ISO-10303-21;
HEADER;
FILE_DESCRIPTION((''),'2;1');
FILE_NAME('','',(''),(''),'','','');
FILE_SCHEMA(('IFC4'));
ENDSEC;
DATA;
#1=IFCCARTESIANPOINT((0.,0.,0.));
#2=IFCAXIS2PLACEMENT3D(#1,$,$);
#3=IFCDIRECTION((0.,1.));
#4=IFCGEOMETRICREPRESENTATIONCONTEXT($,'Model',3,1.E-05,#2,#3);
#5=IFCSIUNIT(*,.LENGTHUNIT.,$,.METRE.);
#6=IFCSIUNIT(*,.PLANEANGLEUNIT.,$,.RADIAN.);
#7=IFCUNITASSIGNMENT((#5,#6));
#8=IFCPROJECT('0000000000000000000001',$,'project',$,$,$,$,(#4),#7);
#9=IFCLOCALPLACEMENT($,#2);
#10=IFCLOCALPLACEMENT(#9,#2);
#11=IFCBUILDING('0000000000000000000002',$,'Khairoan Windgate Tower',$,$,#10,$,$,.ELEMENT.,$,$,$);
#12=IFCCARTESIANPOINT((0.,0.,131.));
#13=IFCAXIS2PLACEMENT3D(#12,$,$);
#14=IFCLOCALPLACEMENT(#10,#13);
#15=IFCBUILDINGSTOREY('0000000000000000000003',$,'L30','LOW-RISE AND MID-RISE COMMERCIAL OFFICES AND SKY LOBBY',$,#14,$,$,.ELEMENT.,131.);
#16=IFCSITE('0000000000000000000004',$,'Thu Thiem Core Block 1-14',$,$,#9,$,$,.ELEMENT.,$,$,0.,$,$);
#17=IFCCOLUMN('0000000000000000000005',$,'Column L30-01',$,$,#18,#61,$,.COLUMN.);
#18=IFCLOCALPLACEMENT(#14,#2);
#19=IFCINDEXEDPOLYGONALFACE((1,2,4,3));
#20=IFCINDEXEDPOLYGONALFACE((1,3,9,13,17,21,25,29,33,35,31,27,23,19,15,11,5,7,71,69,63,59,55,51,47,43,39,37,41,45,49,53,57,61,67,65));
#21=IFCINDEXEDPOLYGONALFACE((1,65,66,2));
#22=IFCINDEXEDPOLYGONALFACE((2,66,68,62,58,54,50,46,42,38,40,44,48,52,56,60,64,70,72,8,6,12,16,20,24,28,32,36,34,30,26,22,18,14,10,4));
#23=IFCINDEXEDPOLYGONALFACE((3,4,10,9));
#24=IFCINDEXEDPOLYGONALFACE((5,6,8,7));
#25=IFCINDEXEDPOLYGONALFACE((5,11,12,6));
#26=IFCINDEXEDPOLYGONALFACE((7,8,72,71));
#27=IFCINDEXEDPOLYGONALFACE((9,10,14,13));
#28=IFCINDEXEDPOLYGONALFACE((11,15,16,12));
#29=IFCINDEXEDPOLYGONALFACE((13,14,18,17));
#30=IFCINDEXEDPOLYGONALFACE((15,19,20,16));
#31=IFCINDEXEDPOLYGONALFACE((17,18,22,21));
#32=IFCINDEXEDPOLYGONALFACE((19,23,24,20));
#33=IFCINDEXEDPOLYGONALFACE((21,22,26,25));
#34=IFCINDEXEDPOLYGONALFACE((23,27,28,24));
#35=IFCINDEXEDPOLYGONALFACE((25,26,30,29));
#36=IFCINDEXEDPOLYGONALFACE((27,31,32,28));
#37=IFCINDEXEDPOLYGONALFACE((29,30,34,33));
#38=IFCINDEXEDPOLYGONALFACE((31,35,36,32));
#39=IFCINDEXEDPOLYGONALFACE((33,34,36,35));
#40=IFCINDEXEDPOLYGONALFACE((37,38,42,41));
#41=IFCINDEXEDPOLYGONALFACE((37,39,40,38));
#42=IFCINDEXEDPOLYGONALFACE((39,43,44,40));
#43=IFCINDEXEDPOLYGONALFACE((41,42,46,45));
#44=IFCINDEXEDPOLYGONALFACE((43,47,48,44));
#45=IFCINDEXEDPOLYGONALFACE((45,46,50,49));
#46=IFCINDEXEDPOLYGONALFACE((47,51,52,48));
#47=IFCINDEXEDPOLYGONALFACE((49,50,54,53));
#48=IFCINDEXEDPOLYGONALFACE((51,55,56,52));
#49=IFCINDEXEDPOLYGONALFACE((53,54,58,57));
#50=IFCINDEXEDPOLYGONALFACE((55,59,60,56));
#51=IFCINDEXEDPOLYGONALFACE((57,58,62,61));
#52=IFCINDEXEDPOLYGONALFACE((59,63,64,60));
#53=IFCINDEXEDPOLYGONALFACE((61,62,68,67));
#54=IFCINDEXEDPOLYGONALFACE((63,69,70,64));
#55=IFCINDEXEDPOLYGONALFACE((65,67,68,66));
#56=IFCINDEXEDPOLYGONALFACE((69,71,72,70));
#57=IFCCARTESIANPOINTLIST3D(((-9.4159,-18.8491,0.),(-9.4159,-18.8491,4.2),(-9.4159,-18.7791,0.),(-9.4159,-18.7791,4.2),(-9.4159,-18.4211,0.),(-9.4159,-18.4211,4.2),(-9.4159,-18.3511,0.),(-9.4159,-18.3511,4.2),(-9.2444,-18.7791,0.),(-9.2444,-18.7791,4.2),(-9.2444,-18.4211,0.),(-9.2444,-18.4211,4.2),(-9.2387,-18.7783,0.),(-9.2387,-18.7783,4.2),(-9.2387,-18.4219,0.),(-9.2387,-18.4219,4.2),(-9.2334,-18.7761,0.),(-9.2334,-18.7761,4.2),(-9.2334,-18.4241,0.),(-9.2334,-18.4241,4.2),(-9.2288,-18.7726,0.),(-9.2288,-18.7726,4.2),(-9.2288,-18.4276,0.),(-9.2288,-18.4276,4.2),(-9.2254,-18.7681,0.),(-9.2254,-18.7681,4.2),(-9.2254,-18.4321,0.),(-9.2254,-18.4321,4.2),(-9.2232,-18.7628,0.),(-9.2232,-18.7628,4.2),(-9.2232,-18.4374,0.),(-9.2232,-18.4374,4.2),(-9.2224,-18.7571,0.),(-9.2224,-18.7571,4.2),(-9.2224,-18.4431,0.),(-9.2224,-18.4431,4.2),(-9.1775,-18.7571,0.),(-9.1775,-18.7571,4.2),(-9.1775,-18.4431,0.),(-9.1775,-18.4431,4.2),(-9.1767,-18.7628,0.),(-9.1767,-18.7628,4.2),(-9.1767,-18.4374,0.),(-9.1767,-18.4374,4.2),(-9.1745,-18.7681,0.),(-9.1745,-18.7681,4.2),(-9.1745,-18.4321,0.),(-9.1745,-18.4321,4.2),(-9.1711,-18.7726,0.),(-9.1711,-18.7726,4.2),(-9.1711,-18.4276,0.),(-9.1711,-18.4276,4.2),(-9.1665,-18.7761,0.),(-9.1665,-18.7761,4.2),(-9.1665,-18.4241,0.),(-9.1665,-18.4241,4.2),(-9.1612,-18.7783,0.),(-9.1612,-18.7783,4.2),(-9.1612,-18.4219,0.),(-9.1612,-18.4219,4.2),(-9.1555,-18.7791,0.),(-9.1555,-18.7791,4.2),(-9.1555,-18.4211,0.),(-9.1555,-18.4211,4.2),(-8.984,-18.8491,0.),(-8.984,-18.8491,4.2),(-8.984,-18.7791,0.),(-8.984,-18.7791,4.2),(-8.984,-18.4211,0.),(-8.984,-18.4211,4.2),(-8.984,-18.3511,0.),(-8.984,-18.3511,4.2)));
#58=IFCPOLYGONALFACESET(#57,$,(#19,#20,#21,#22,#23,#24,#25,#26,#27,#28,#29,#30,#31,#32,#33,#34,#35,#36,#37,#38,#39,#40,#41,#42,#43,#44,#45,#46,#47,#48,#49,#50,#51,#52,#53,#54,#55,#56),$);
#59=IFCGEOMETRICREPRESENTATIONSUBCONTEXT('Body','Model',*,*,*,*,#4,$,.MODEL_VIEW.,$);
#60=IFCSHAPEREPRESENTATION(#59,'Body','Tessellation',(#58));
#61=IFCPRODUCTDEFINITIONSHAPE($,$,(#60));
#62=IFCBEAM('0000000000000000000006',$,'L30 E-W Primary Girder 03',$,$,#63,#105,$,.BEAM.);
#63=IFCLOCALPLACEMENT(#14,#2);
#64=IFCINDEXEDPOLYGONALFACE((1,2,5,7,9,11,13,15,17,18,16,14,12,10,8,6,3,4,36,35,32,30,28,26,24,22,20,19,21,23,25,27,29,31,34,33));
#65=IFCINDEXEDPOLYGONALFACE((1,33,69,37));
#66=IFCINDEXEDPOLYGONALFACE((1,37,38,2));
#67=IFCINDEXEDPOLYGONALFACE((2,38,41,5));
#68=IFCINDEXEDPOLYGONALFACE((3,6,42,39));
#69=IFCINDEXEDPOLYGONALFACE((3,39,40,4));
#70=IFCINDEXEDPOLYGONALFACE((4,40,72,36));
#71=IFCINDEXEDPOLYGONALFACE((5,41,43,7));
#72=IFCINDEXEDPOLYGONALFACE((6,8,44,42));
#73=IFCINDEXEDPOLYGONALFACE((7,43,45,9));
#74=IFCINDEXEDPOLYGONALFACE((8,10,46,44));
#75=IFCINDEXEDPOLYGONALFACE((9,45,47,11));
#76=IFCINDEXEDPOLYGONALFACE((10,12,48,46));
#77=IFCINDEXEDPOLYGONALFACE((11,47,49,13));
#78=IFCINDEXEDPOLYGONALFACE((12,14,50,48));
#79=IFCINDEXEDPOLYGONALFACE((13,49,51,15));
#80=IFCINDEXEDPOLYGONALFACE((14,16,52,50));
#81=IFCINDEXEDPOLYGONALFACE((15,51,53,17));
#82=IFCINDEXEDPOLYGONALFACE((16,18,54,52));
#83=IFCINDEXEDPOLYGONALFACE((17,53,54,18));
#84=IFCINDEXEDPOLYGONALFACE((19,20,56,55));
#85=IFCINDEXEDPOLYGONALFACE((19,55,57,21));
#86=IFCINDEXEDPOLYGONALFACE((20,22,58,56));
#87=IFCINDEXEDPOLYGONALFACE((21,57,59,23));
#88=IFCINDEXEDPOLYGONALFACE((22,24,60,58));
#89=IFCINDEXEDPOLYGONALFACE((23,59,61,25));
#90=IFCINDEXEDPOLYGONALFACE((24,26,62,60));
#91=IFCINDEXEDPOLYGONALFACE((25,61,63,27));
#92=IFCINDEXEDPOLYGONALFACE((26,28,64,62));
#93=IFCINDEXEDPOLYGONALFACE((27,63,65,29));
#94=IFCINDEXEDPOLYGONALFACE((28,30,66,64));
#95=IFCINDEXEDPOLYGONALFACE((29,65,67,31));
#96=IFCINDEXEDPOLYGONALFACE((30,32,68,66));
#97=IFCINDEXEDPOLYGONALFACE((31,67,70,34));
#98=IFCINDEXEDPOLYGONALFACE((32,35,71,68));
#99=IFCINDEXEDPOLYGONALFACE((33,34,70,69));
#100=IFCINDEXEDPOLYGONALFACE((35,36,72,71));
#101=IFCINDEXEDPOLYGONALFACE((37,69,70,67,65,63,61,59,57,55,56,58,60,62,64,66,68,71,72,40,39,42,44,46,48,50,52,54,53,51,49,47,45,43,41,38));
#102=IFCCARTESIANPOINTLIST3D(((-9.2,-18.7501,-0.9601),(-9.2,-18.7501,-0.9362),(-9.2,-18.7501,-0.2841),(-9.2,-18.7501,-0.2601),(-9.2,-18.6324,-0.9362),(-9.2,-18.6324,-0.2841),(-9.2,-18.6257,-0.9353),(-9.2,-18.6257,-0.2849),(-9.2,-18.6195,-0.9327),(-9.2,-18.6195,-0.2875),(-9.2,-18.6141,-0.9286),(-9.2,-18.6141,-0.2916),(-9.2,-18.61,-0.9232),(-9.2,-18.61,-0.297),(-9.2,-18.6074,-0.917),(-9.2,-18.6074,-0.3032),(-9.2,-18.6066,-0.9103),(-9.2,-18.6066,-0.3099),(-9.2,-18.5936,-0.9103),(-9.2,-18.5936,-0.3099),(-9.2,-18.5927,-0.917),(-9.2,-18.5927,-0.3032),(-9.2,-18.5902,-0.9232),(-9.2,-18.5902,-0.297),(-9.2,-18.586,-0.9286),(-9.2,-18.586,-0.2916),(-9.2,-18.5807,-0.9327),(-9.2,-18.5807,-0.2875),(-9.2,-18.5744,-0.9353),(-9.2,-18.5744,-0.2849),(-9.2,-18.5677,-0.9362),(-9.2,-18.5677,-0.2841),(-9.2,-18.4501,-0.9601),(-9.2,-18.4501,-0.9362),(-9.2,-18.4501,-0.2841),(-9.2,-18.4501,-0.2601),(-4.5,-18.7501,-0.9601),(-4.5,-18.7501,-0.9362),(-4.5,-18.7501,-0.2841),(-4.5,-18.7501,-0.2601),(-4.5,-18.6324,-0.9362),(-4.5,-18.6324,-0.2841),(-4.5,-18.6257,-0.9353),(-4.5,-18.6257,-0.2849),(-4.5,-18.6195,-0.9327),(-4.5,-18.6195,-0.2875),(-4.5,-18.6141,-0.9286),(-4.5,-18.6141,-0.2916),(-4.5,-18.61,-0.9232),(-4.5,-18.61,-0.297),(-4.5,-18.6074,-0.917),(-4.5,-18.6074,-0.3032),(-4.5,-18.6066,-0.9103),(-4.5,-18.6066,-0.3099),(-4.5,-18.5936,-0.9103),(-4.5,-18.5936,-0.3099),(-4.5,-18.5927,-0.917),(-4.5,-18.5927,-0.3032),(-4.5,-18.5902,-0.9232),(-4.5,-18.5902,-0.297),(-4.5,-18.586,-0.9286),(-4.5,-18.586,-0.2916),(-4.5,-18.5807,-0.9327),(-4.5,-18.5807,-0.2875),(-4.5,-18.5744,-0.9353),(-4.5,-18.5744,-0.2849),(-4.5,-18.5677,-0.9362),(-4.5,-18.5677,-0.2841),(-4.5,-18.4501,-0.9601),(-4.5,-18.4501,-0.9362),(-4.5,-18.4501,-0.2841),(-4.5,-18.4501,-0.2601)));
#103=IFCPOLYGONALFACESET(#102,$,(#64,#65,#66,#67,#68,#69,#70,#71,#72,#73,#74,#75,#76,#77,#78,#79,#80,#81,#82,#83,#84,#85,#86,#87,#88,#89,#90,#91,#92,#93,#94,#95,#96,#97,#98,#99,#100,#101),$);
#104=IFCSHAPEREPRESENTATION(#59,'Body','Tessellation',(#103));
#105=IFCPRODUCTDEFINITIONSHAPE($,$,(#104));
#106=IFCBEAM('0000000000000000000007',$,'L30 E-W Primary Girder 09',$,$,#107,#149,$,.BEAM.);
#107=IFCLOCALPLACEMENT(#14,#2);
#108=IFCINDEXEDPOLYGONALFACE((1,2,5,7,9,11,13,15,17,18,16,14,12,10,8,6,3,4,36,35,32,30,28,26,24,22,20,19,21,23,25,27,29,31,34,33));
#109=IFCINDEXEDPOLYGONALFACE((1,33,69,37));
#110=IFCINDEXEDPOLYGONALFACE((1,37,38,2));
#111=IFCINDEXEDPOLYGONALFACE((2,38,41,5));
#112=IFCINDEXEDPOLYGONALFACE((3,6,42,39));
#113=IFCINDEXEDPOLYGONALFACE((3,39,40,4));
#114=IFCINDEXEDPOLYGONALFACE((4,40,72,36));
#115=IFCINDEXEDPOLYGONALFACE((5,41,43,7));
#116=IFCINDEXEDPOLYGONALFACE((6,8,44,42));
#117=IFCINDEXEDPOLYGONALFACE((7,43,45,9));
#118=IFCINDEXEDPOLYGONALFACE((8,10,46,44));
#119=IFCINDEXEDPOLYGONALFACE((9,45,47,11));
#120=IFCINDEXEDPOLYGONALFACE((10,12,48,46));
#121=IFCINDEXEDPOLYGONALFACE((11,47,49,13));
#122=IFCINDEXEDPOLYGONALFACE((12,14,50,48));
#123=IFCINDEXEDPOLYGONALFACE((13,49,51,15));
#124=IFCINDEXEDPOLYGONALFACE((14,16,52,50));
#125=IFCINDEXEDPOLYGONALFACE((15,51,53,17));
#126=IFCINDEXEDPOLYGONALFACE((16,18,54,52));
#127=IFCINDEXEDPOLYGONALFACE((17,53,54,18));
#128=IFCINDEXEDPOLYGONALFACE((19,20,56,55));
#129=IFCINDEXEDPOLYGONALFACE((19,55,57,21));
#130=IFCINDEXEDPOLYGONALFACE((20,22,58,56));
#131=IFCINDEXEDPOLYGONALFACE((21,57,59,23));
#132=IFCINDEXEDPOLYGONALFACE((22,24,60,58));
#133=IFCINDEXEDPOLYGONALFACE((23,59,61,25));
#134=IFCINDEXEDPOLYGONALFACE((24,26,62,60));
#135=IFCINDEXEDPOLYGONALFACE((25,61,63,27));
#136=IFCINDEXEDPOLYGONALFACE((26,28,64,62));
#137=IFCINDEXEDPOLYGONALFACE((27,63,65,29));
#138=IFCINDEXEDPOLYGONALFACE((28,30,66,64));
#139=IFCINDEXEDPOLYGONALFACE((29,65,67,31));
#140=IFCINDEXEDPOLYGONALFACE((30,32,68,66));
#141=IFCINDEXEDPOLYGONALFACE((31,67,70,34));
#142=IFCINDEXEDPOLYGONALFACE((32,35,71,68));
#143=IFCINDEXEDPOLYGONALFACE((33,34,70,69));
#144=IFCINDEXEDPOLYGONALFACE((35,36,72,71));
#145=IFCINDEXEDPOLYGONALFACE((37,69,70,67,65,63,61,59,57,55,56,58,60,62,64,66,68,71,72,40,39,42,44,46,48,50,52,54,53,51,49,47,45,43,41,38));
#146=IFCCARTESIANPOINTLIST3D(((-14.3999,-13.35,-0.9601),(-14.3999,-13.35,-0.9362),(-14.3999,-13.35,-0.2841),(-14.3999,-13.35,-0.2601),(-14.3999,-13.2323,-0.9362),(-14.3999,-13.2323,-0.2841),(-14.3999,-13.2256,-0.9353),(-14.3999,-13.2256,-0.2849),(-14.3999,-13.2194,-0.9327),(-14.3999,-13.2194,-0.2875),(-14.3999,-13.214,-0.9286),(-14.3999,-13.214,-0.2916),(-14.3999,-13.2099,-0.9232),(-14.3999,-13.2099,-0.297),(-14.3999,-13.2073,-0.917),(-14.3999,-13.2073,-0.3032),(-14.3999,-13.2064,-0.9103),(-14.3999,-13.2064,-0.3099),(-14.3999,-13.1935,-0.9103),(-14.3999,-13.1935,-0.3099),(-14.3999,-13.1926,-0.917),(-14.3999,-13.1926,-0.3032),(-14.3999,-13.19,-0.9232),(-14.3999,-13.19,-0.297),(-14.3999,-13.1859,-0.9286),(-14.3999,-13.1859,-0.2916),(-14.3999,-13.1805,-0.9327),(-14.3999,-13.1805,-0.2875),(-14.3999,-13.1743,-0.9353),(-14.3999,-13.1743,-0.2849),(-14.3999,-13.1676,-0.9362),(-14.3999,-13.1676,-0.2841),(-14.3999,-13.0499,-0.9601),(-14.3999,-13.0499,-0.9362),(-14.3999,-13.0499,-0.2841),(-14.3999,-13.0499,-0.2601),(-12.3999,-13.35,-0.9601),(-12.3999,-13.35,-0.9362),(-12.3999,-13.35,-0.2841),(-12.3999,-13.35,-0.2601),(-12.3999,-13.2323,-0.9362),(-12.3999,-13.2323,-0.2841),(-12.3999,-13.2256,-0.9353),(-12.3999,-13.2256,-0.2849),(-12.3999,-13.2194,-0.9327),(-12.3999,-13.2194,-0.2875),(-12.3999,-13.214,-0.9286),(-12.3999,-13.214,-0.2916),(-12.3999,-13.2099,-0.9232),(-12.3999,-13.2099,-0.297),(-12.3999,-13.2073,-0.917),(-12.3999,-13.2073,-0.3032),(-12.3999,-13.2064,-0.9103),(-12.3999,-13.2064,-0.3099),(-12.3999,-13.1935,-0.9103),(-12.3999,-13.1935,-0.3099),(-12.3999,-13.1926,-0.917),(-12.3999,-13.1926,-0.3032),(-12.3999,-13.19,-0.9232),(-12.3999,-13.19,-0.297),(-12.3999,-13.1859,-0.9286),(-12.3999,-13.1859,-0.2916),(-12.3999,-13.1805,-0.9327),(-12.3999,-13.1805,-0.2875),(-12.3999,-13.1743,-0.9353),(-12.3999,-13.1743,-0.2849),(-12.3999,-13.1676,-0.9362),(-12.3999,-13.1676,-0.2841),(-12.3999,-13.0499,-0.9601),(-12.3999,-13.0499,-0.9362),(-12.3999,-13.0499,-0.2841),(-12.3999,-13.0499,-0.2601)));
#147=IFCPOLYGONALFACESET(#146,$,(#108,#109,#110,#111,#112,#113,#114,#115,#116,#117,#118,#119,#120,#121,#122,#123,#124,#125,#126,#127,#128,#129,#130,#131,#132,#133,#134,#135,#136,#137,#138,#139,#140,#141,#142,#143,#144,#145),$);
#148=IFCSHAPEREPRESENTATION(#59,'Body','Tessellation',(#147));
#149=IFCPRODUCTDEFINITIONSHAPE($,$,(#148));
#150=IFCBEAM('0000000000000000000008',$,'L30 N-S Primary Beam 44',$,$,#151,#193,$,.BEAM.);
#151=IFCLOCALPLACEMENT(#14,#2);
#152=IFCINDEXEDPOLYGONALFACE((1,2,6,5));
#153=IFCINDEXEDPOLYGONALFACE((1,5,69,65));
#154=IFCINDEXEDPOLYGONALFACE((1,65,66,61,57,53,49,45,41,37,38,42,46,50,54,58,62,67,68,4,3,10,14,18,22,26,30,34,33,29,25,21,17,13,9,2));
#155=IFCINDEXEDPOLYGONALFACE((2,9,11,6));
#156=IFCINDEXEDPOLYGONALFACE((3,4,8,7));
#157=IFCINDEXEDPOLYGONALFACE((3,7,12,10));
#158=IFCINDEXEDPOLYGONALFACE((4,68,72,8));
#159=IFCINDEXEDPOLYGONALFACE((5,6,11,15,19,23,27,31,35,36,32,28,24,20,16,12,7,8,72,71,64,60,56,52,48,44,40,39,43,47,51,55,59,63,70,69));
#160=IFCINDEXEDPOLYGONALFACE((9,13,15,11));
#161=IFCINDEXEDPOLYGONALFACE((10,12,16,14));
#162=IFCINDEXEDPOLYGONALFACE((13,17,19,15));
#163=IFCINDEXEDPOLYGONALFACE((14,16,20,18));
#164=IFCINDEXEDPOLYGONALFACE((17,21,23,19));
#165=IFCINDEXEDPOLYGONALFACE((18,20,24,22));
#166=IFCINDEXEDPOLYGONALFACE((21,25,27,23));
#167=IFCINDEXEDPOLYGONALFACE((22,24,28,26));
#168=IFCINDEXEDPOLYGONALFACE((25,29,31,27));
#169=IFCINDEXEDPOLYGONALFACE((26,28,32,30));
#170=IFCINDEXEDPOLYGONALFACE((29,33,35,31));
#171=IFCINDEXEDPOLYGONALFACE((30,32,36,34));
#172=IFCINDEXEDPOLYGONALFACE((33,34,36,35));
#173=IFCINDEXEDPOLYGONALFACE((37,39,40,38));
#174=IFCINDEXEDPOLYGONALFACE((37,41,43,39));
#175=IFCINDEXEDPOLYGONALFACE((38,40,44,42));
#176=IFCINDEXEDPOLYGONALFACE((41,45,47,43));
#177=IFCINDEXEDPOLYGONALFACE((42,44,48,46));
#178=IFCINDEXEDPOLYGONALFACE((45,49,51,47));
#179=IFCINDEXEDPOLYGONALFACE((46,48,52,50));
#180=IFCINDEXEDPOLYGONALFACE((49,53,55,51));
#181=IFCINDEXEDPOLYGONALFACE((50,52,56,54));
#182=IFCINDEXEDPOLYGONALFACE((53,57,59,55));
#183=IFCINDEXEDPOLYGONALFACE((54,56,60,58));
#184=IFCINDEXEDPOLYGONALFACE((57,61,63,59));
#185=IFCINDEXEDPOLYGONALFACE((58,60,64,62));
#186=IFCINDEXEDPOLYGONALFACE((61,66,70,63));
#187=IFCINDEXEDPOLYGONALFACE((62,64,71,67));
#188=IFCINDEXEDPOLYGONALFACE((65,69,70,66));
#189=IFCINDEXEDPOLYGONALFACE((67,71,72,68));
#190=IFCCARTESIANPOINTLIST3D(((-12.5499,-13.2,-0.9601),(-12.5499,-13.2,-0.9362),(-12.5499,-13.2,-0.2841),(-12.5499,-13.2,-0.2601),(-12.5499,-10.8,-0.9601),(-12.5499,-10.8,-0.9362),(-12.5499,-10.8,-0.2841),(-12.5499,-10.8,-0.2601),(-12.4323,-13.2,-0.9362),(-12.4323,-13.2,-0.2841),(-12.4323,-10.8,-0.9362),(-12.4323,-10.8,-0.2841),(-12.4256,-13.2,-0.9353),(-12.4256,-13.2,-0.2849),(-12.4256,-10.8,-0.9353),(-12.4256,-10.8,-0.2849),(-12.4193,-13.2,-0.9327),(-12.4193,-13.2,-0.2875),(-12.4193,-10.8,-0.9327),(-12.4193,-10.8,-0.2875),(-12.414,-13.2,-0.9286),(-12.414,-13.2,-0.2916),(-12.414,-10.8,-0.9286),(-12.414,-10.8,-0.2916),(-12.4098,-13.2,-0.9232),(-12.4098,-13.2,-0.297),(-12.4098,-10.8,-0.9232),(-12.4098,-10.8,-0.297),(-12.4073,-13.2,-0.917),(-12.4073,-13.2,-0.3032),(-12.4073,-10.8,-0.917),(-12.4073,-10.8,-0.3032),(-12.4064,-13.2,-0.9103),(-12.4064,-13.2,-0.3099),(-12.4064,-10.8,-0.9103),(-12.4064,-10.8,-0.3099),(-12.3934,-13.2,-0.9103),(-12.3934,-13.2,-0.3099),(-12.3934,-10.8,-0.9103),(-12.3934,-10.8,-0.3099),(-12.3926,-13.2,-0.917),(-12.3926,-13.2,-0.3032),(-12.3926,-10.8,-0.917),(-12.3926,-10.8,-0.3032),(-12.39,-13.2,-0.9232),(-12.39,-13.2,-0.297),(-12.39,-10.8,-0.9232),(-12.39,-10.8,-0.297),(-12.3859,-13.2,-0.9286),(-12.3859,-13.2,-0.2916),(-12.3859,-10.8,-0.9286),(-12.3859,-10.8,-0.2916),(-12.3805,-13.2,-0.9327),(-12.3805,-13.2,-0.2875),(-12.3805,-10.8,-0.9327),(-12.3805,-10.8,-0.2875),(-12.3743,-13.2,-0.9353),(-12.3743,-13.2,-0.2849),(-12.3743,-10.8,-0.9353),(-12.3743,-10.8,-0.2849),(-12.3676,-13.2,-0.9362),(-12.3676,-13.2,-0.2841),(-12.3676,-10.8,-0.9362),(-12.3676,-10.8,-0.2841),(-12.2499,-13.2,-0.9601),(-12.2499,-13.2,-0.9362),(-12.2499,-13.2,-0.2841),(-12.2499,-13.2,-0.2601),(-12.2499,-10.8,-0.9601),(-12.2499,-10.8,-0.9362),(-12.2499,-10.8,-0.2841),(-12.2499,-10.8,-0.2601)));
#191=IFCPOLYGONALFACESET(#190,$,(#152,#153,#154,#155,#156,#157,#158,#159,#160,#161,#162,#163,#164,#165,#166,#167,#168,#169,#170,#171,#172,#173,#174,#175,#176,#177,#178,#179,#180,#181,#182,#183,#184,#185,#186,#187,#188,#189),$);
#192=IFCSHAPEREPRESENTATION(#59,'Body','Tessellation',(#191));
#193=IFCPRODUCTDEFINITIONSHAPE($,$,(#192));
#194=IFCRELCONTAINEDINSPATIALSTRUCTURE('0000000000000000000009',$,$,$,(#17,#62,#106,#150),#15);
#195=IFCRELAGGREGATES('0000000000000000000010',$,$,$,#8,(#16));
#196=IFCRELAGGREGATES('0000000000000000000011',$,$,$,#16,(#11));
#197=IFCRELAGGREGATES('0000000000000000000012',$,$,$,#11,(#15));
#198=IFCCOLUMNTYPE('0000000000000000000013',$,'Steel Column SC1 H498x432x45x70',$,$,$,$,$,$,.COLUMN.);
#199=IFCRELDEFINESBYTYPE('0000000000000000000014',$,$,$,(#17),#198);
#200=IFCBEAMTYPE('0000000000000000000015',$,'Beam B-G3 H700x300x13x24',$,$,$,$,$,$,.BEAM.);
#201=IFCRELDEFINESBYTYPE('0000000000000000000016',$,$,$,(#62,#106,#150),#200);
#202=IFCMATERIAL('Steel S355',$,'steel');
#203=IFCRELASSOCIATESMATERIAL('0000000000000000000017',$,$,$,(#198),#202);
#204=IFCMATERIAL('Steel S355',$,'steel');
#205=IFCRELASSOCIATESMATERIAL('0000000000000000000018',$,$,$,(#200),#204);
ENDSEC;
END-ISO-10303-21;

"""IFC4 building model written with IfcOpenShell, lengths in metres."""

from ifc_helpers import new_model, si_unit, direction, frame, origin, origin_2d, place, context, subcontext, project, spatial, i_section, extrude, material, material_profile, profile_set, type_object, element, save


model = new_model("IFC4")

# Units and contexts
model_context = context("Model", 3, precision=1e-05, world=origin(), true_north=direction((0.0, 1.0)))
body_context = subcontext(model_context, "Body", "Model", "MODEL_VIEW")
ifc_project = project(units=[si_unit("LENGTHUNIT", "METRE"), si_unit("PLANEANGLEUNIT", "RADIAN")], contexts=[model_context])

# Site, building, storey
site_placement = place(None, origin())
site = spatial("IfcSite", under=ifc_project, at=site_placement, Name="Thu Thiem Core Block 1-14", CompositionType="ELEMENT", RefElevation=0.0)
building_placement = place(site_placement, origin())
building = spatial("IfcBuilding", under=site, at=building_placement, Name="Khairoan Windgate Tower", CompositionType="ELEMENT")
storey_placement = place(building_placement, frame((0.0, 0.0, 131.0)))
storey = spatial("IfcBuildingStorey", under=building, at=storey_placement, Name="L30", Description="LOW-RISE AND MID-RISE COMMERCIAL OFFICES AND SKY LOBBY", CompositionType="ELEMENT", Elevation=131.0)

# Column
ifc_material_1 = material(Name="Steel S355", Category="steel")
ifc_material_profile_1 = material_profile(ifc_material_1, i_section(OverallWidth=0.4319, OverallDepth=0.498, WebThickness=0.0449, FlangeThickness=0.0701, FilletRadius=0.022, at=origin_2d()))
ifc_profile_set_1 = profile_set([ifc_material_profile_1], Name="Steel S355")
column_type = type_object("IfcColumnType", Name="Steel Column SC1 H498x432x45x70", PredefinedType="COLUMN", material=ifc_profile_set_1)
column_placement = place(storey_placement, frame((-9.2, -18.6001, 0.0), z_axis=(0.0, 0.0, 1.0), x_axis=(1.0, 0.0, 0.0)))
element("IfcColumn", 1, at=column_placement, inside=storey, type_object=column_type, Name="Column L30-01", PredefinedType="COLUMN", context=body_context, shape_type="SweptSolid", body=[
    extrude(i_section(OverallWidth=0.4319, OverallDepth=0.498, WebThickness=0.0449, FlangeThickness=0.0701, FilletRadius=0.022, at=origin_2d()), origin(), (0.0, 0.0, 1.0), 4.2),
])

# Beams
ifc_material_2 = material(Name="Steel S355", Category="steel")
ifc_material_profile_2 = material_profile(ifc_material_2, i_section(OverallWidth=0.3, OverallDepth=0.7, WebThickness=0.0129, FlangeThickness=0.0239, FilletRadius=0.0259, at=origin_2d()))
ifc_profile_set_2 = profile_set([ifc_material_profile_2], Name="Steel S355")
beam_type = type_object("IfcBeamType", Name="Beam B-G3 H700x300x13x24", PredefinedType="BEAM", material=ifc_profile_set_2)
beam_1_placement = place(storey_placement, frame((-9.2, -18.6001, -0.6101), z_axis=(1.0, 0.0, 0.0), x_axis=(0.0, 1.0, 0.0)))
element("IfcBeam", 2, at=beam_1_placement, inside=storey, type_object=beam_type, Name="L30 E-W Primary Girder 03", PredefinedType="BEAM", context=body_context, shape_type="SweptSolid", body=[
    extrude(i_section(OverallWidth=0.3, OverallDepth=0.7, WebThickness=0.0129, FlangeThickness=0.0239, FilletRadius=0.0259, at=origin_2d()), origin(), (0.0, 0.0, 1.0), 4.7),
])
beam_2_placement = place(storey_placement, frame((-14.3999, -13.2, -0.6101), z_axis=(1.0, 0.0, 0.0), x_axis=(0.0, 1.0, 0.0)))
element("IfcBeam", 3, at=beam_2_placement, inside=storey, type_object=beam_type, Name="L30 E-W Primary Girder 09", PredefinedType="BEAM", context=body_context, shape_type="SweptSolid", body=[
    extrude(i_section(OverallWidth=0.3, OverallDepth=0.7, WebThickness=0.0129, FlangeThickness=0.0239, FilletRadius=0.0259, at=origin_2d()), origin(), (0.0, 0.0, 1.0), 2.0),
])
beam_3_placement = place(storey_placement, frame((-12.3999, -13.2, -0.6101), z_axis=(0.0, 1.0, 0.0), x_axis=(-1.0, 0.0, 0.0)))
element("IfcBeam", 4, at=beam_3_placement, inside=storey, type_object=beam_type, Name="L30 N-S Primary Beam 44", PredefinedType="BEAM", context=body_context, shape_type="SweptSolid", body=[
    extrude(i_section(OverallWidth=0.3, OverallDepth=0.7, WebThickness=0.0129, FlangeThickness=0.0239, FilletRadius=0.0259, at=origin_2d()), origin(), (0.0, 0.0, 1.0), 2.3999),
])

save(model, "model.ifc")
